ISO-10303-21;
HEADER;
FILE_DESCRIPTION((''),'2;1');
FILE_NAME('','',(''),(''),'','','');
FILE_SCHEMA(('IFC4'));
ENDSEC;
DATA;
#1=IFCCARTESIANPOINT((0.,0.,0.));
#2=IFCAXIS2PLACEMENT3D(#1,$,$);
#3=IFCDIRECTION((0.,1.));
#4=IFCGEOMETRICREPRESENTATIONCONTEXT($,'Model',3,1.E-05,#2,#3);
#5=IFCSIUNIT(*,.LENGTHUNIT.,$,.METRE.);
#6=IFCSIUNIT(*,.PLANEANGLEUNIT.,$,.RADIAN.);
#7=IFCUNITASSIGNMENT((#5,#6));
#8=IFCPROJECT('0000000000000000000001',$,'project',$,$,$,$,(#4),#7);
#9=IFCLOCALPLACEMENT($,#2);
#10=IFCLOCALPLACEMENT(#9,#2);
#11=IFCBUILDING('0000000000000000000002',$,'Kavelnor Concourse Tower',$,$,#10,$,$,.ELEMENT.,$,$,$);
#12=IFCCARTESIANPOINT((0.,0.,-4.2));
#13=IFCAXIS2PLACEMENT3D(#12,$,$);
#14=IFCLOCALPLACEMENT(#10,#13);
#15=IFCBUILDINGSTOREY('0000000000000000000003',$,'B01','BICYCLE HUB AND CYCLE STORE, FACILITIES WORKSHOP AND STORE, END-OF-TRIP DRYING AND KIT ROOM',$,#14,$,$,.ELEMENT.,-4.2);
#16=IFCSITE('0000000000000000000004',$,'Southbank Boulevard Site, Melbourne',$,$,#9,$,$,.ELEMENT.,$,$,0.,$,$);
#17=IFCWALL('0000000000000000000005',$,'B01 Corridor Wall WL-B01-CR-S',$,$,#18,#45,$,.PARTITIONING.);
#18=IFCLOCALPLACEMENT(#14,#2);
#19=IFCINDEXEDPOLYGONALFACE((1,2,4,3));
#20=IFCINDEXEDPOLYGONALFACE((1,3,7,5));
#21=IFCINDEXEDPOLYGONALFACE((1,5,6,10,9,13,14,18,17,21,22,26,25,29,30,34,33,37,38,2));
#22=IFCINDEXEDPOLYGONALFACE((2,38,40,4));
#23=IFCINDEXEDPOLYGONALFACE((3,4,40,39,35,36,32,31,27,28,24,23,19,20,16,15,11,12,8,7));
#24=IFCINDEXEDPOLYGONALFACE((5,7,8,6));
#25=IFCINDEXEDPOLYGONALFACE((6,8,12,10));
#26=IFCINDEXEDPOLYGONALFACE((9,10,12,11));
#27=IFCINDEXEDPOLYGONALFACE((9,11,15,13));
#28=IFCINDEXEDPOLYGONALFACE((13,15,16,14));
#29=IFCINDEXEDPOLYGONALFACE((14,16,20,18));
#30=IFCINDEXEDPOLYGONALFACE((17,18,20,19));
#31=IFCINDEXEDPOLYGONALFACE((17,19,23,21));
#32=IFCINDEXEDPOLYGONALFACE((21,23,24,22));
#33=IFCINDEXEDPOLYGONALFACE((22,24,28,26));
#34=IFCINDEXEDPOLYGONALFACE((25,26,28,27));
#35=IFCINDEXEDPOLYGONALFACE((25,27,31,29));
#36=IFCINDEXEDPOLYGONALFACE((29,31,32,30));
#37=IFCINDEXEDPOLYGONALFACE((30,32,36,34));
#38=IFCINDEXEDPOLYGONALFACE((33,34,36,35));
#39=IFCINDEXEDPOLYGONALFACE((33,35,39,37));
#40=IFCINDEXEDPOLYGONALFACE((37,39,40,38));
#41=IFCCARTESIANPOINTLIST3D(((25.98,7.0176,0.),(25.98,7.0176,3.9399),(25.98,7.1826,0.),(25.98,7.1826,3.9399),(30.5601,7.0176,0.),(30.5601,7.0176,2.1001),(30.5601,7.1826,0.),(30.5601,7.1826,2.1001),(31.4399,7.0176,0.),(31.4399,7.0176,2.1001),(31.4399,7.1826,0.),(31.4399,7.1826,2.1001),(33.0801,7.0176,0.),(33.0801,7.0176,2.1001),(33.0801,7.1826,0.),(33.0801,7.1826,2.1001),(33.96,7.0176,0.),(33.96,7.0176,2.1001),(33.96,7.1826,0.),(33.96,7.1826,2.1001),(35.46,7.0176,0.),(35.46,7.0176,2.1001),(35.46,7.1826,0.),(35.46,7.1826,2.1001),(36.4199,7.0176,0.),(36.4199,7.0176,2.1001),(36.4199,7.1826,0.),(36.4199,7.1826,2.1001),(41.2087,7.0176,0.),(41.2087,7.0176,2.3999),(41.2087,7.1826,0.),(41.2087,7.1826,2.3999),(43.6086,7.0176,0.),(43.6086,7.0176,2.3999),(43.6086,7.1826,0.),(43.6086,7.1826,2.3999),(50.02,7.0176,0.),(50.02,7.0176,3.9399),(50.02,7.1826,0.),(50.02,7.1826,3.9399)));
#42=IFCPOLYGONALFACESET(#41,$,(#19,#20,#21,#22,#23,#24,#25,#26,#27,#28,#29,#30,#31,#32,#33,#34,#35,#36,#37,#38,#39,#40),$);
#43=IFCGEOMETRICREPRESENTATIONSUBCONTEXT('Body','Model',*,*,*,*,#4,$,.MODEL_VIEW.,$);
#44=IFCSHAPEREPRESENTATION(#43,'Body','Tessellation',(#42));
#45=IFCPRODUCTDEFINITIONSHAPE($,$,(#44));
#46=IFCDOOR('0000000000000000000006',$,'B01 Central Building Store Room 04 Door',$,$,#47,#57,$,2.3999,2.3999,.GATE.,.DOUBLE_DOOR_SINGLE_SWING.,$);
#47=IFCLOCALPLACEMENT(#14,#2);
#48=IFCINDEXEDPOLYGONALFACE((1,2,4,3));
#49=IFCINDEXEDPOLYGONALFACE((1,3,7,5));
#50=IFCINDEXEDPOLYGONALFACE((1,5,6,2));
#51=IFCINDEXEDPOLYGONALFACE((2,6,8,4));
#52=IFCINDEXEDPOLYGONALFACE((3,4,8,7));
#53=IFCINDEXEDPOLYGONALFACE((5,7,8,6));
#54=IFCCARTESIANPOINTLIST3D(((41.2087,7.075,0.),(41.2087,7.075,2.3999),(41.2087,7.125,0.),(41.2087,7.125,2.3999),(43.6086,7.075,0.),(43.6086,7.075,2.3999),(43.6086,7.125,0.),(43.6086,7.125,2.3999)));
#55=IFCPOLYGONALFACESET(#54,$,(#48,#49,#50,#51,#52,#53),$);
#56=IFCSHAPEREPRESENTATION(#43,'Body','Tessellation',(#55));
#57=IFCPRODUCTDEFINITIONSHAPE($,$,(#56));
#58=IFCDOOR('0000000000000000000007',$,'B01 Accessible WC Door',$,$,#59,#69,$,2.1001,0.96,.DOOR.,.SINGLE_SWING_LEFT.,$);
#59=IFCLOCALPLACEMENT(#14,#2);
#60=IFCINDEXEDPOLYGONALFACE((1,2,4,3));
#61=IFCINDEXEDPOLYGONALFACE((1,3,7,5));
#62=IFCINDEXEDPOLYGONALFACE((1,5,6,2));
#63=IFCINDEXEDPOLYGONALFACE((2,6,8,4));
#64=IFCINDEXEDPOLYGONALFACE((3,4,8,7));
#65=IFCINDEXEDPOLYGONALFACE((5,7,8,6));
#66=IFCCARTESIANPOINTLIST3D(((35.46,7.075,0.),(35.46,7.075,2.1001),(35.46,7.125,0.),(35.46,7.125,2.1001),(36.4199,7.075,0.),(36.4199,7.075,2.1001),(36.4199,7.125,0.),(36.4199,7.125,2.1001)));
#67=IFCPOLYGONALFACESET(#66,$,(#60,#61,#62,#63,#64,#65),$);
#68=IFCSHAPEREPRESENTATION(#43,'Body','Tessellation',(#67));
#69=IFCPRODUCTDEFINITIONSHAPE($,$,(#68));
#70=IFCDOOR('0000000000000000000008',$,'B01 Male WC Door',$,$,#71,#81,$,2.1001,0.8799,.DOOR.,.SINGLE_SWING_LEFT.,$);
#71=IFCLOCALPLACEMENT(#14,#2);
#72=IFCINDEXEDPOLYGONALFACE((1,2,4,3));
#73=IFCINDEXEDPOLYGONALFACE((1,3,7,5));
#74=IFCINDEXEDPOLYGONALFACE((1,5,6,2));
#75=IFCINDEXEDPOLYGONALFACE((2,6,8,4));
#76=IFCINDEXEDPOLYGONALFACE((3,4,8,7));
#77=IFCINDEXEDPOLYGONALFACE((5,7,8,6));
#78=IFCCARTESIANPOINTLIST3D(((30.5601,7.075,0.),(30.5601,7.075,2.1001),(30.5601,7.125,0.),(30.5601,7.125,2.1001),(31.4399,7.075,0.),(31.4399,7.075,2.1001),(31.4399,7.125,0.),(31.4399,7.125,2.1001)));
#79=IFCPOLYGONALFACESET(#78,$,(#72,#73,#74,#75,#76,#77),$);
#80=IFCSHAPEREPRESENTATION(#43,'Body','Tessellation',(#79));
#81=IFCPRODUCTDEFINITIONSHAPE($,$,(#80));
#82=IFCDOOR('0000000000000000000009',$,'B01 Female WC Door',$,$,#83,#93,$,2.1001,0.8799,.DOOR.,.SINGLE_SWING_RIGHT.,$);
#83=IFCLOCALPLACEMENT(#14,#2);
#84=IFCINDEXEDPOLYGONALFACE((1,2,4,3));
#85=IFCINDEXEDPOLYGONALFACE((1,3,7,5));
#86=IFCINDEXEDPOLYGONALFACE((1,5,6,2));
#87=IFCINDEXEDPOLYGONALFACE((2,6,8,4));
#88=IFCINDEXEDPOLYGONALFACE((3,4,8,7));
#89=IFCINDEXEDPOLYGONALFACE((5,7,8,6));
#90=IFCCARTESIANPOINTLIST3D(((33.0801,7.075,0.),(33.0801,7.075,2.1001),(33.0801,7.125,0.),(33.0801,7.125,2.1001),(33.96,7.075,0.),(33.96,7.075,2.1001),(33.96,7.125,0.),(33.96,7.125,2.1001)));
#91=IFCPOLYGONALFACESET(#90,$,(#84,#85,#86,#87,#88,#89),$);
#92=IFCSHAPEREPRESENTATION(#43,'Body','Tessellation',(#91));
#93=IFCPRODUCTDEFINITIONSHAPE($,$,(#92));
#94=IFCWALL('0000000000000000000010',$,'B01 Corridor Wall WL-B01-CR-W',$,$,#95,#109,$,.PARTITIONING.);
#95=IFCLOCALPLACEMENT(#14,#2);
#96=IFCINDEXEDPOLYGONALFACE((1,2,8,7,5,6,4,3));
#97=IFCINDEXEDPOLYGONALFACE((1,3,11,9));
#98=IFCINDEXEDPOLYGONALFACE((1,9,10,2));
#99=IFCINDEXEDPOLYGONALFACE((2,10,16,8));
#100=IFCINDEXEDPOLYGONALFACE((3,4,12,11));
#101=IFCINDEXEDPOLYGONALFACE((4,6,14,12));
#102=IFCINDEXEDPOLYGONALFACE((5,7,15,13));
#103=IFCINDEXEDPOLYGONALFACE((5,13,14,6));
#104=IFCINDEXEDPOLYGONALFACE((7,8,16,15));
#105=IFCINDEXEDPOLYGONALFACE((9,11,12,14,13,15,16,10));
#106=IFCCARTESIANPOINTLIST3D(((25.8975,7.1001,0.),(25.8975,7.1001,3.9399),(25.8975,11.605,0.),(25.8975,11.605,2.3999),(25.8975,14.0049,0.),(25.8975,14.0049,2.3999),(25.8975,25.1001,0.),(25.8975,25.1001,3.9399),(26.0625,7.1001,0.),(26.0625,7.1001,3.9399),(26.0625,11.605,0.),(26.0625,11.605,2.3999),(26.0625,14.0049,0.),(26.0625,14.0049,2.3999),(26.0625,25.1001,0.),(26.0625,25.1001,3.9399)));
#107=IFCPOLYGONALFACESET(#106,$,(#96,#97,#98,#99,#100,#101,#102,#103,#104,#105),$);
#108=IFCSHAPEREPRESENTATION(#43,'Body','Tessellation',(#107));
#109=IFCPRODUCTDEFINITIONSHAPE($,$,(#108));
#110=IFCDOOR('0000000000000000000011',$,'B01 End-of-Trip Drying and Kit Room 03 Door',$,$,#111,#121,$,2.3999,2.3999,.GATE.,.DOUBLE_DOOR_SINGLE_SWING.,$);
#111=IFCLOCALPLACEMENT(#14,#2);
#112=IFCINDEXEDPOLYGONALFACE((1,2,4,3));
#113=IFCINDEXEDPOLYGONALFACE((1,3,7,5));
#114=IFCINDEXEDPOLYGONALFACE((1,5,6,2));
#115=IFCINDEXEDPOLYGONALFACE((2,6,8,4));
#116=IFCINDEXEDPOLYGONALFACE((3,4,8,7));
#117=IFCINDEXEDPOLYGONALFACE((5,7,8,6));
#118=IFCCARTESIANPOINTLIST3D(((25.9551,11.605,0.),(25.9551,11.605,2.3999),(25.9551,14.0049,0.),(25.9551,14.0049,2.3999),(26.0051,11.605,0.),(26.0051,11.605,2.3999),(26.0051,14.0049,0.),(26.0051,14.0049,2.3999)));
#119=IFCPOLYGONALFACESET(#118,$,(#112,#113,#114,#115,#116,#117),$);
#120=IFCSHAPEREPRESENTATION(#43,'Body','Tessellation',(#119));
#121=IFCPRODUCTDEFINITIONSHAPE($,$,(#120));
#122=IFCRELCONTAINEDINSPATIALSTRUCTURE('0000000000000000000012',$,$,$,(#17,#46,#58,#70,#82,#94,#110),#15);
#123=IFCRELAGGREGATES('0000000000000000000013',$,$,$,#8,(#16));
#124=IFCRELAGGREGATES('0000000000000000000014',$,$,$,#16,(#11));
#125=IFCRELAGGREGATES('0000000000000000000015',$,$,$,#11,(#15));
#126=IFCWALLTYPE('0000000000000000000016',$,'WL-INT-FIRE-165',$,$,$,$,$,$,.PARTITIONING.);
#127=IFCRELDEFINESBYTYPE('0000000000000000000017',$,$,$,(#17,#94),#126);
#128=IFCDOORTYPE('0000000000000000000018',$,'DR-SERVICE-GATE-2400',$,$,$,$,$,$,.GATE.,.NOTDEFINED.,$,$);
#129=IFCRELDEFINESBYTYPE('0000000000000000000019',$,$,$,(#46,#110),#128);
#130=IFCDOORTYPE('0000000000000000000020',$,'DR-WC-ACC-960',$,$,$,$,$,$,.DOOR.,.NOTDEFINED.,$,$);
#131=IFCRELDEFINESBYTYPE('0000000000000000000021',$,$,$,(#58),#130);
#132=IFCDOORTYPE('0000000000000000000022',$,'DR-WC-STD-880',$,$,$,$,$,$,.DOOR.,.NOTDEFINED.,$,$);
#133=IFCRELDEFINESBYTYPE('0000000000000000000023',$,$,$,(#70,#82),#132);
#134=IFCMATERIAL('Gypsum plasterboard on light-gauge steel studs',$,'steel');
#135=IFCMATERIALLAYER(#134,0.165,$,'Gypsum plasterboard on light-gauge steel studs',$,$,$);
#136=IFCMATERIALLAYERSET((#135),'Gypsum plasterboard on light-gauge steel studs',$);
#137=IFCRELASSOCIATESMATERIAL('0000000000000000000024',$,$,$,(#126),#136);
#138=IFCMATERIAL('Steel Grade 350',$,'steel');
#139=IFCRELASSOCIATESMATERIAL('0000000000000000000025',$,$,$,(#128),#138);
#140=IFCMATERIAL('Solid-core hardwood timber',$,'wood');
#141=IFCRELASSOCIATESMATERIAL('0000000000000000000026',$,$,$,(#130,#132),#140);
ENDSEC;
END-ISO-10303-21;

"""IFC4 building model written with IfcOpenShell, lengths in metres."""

from ifc_helpers import new_model, si_unit, direction, frame, frame_2d, origin, place, context, subcontext, project, spatial, rectangle, extrude, material, layer, layer_set, type_object, element, fill, save


model = new_model("IFC4")

# Units and contexts
model_context = context("Model", 3, precision=1e-05, world=origin(), true_north=direction((0.0, 1.0)))
body_context = subcontext(model_context, "Body", "Model", "MODEL_VIEW")
ifc_project = project(units=[si_unit("LENGTHUNIT", "METRE"), si_unit("PLANEANGLEUNIT", "RADIAN")], contexts=[model_context])

# Site, building, storey
site_placement = place(None, origin())
site = spatial("IfcSite", under=ifc_project, at=site_placement, Name="Southbank Boulevard Site, Melbourne", CompositionType="ELEMENT", RefElevation=0.0)
building_placement = place(site_placement, origin())
building = spatial("IfcBuilding", under=site, at=building_placement, Name="Kavelnor Concourse Tower", CompositionType="ELEMENT")
storey_placement = place(building_placement, frame((0.0, 0.0, -4.2)))
storey = spatial("IfcBuildingStorey", under=building, at=storey_placement, Name="B01", Description="BICYCLE HUB AND CYCLE STORE, FACILITIES WORKSHOP AND STORE, END-OF-TRIP DRYING AND KIT ROOM", CompositionType="ELEMENT", Elevation=-4.2)

# Shared definitions
ifc_material_1 = material(Name="Steel Grade 350", Category="steel")

# Wall, openings, doors
ifc_material_2 = material(Name="Gypsum plasterboard on light-gauge steel studs", Category="steel")
ifc_layer_1 = layer(ifc_material_2, 0.165, Name="Gypsum plasterboard on light-gauge steel studs")
ifc_layer_set_1 = layer_set([ifc_layer_1], Name="Gypsum plasterboard on light-gauge steel studs")
wall_type_1 = type_object("IfcWallType", Name="WL-INT-FIRE-165", PredefinedType="PARTITIONING", material=ifc_layer_set_1)
wall_1_placement = place(storey_placement, frame((25.98, 7.1001, 0.0), z_axis=(0.0, 0.0, 1.0), x_axis=(1.0, 0.0, 0.0)))
wall_1 = element("IfcWall", 1, at=wall_1_placement, inside=storey, type_object=wall_type_1, Name="B01 Corridor Wall WL-B01-CR-S", PredefinedType="PARTITIONING", context=body_context, shape_type="SweptSolid", body=[
    extrude(rectangle(XDim=24.04, YDim=0.165, at=frame_2d((12.02, 0.0))), origin(), (0.0, 0.0, 1.0), 3.9399),
])
opening_1_placement = place(wall_1_placement, frame((4.5801, 0.0, 0.0)))
opening_1 = element("IfcOpeningElement", 2, at=opening_1_placement, cuts=wall_1, PredefinedType="OPENING", context=body_context, shape_type="SweptSolid", body=[
    extrude(rectangle(XDim=0.8799, YDim=2.1001, at=frame_2d((0.4399, 1.05))), frame((0.0, 0.0925, 0.0), z_axis=(0.0, -1.0, 0.0), x_axis=(1.0, 0.0, 0.0)), (0.0, 0.0, 1.0), 0.1851),
])
opening_2_placement = place(wall_1_placement, frame((7.1001, 0.0, 0.0)))
opening_2 = element("IfcOpeningElement", 3, at=opening_2_placement, cuts=wall_1, PredefinedType="OPENING", context=body_context, shape_type="SweptSolid", body=[
    extrude(rectangle(XDim=0.8799, YDim=2.1001, at=frame_2d((0.4399, 1.05))), frame((0.0, 0.0925, 0.0), z_axis=(0.0, -1.0, 0.0), x_axis=(1.0, 0.0, 0.0)), (0.0, 0.0, 1.0), 0.1851),
])
opening_3_placement = place(wall_1_placement, frame((9.48, 0.0, 0.0)))
opening_3 = element("IfcOpeningElement", 4, at=opening_3_placement, cuts=wall_1, PredefinedType="OPENING", context=body_context, shape_type="SweptSolid", body=[
    extrude(rectangle(XDim=0.96, YDim=2.1001, at=frame_2d((0.48, 1.05))), frame((0.0, 0.0925, 0.0), z_axis=(0.0, -1.0, 0.0), x_axis=(1.0, 0.0, 0.0)), (0.0, 0.0, 1.0), 0.1851),
])
opening_4_placement = place(wall_1_placement, frame((15.2288, 0.0, 0.0)))
opening_4 = element("IfcOpeningElement", 5, at=opening_4_placement, cuts=wall_1, PredefinedType="OPENING", context=body_context, shape_type="SweptSolid", body=[
    extrude(rectangle(XDim=2.3999, YDim=2.3999, at=frame_2d((1.2, 1.2))), frame((0.0, 0.0925, 0.0), z_axis=(0.0, -1.0, 0.0), x_axis=(1.0, 0.0, 0.0)), (0.0, 0.0, 1.0), 0.1851),
])
door_type_1 = type_object("IfcDoorType", Name="DR-SERVICE-GATE-2400", OperationType="NOTDEFINED", PredefinedType="GATE", material=ifc_material_1)
door_1_placement = place(opening_4_placement, origin())
door_1 = element("IfcDoor", 6, at=door_1_placement, inside=storey, type_object=door_type_1, Name="B01 Central Building Store Room 04 Door", OperationType="DOUBLE_DOOR_SINGLE_SWING", OverallHeight=2.3999, OverallWidth=2.3999, PredefinedType="GATE", context=body_context, shape_type="SweptSolid", body=[
    extrude(rectangle(XDim=2.3999, YDim=2.3999, at=frame_2d((1.2, 1.2))), frame((0.0, 0.0249, 0.0), z_axis=(0.0, -1.0, 0.0), x_axis=(1.0, 0.0, 0.0)), (0.0, 0.0, 1.0), 0.05),
])
fill(opening_4, door_1)
ifc_material_3 = material(Name="Solid-core hardwood timber", Category="wood")
door_type_2 = type_object("IfcDoorType", Name="DR-WC-ACC-960", OperationType="NOTDEFINED", PredefinedType="DOOR", material=ifc_material_3)
door_2_placement = place(opening_3_placement, origin())
door_2 = element("IfcDoor", 7, at=door_2_placement, inside=storey, type_object=door_type_2, Name="B01 Accessible WC Door", OperationType="SINGLE_SWING_LEFT", OverallHeight=2.1001, OverallWidth=0.96, PredefinedType="DOOR", context=body_context, shape_type="SweptSolid", body=[
    extrude(rectangle(XDim=0.96, YDim=2.1001, at=frame_2d((0.48, 1.05))), frame((0.0, 0.0249, 0.0), z_axis=(0.0, -1.0, 0.0), x_axis=(1.0, 0.0, 0.0)), (0.0, 0.0, 1.0), 0.05),
])
fill(opening_3, door_2)
door_type_3 = type_object("IfcDoorType", Name="DR-WC-STD-880", OperationType="NOTDEFINED", PredefinedType="DOOR", material=ifc_material_3)
door_3_placement = place(opening_1_placement, origin())
door_3 = element("IfcDoor", 8, at=door_3_placement, inside=storey, type_object=door_type_3, Name="B01 Male WC Door", OperationType="SINGLE_SWING_LEFT", OverallHeight=2.1001, OverallWidth=0.8799, PredefinedType="DOOR", context=body_context, shape_type="SweptSolid", body=[
    extrude(rectangle(XDim=0.8799, YDim=2.1001, at=frame_2d((0.4399, 1.05))), frame((0.0, 0.0249, 0.0), z_axis=(0.0, -1.0, 0.0), x_axis=(1.0, 0.0, 0.0)), (0.0, 0.0, 1.0), 0.05),
])
fill(opening_1, door_3)
door_4_placement = place(opening_2_placement, origin())
door_4 = element("IfcDoor", 9, at=door_4_placement, inside=storey, type_object=door_type_3, Name="B01 Female WC Door", OperationType="SINGLE_SWING_RIGHT", OverallHeight=2.1001, OverallWidth=0.8799, PredefinedType="DOOR", context=body_context, shape_type="SweptSolid", body=[
    extrude(rectangle(XDim=0.8799, YDim=2.1001, at=frame_2d((0.4399, 1.05))), frame((0.0, 0.0249, 0.0), z_axis=(0.0, -1.0, 0.0), x_axis=(1.0, 0.0, 0.0)), (0.0, 0.0, 1.0), 0.05),
])
fill(opening_2, door_4)

# Wall, opening, door
wall_2_placement = place(storey_placement, frame((25.98, 7.1001, 0.0), z_axis=(0.0, 0.0, 1.0), x_axis=(0.0, 1.0, 0.0)))
wall_2 = element("IfcWall", 10, at=wall_2_placement, inside=storey, type_object=wall_type_1, Name="B01 Corridor Wall WL-B01-CR-W", PredefinedType="PARTITIONING", context=body_context, shape_type="SweptSolid", body=[
    extrude(rectangle(XDim=18.0, YDim=0.165, at=frame_2d((9.0, 0.0))), origin(), (0.0, 0.0, 1.0), 3.9399),
])
opening_5_placement = place(wall_2_placement, frame((4.5049, 0.0, 0.0)))
opening_5 = element("IfcOpeningElement", 11, at=opening_5_placement, cuts=wall_2, PredefinedType="OPENING", context=body_context, shape_type="SweptSolid", body=[
    extrude(rectangle(XDim=2.3999, YDim=2.3999, at=frame_2d((1.2, 1.2))), frame((0.0, 0.0925, 0.0), z_axis=(0.0, -1.0, 0.0), x_axis=(1.0, 0.0, 0.0)), (0.0, 0.0, 1.0), 0.1851),
])
door_5_placement = place(opening_5_placement, origin())
door_5 = element("IfcDoor", 12, at=door_5_placement, inside=storey, type_object=door_type_1, Name="B01 End-of-Trip Drying and Kit Room 03 Door", OperationType="DOUBLE_DOOR_SINGLE_SWING", OverallHeight=2.3999, OverallWidth=2.3999, PredefinedType="GATE", context=body_context, shape_type="SweptSolid", body=[
    extrude(rectangle(XDim=2.3999, YDim=2.3999, at=frame_2d((1.2, 1.2))), frame((0.0, 0.0249, 0.0), z_axis=(0.0, -1.0, 0.0), x_axis=(1.0, 0.0, 0.0)), (0.0, 0.0, 1.0), 0.05),
])
fill(opening_5, door_5)

save(model, "model.ifc")
